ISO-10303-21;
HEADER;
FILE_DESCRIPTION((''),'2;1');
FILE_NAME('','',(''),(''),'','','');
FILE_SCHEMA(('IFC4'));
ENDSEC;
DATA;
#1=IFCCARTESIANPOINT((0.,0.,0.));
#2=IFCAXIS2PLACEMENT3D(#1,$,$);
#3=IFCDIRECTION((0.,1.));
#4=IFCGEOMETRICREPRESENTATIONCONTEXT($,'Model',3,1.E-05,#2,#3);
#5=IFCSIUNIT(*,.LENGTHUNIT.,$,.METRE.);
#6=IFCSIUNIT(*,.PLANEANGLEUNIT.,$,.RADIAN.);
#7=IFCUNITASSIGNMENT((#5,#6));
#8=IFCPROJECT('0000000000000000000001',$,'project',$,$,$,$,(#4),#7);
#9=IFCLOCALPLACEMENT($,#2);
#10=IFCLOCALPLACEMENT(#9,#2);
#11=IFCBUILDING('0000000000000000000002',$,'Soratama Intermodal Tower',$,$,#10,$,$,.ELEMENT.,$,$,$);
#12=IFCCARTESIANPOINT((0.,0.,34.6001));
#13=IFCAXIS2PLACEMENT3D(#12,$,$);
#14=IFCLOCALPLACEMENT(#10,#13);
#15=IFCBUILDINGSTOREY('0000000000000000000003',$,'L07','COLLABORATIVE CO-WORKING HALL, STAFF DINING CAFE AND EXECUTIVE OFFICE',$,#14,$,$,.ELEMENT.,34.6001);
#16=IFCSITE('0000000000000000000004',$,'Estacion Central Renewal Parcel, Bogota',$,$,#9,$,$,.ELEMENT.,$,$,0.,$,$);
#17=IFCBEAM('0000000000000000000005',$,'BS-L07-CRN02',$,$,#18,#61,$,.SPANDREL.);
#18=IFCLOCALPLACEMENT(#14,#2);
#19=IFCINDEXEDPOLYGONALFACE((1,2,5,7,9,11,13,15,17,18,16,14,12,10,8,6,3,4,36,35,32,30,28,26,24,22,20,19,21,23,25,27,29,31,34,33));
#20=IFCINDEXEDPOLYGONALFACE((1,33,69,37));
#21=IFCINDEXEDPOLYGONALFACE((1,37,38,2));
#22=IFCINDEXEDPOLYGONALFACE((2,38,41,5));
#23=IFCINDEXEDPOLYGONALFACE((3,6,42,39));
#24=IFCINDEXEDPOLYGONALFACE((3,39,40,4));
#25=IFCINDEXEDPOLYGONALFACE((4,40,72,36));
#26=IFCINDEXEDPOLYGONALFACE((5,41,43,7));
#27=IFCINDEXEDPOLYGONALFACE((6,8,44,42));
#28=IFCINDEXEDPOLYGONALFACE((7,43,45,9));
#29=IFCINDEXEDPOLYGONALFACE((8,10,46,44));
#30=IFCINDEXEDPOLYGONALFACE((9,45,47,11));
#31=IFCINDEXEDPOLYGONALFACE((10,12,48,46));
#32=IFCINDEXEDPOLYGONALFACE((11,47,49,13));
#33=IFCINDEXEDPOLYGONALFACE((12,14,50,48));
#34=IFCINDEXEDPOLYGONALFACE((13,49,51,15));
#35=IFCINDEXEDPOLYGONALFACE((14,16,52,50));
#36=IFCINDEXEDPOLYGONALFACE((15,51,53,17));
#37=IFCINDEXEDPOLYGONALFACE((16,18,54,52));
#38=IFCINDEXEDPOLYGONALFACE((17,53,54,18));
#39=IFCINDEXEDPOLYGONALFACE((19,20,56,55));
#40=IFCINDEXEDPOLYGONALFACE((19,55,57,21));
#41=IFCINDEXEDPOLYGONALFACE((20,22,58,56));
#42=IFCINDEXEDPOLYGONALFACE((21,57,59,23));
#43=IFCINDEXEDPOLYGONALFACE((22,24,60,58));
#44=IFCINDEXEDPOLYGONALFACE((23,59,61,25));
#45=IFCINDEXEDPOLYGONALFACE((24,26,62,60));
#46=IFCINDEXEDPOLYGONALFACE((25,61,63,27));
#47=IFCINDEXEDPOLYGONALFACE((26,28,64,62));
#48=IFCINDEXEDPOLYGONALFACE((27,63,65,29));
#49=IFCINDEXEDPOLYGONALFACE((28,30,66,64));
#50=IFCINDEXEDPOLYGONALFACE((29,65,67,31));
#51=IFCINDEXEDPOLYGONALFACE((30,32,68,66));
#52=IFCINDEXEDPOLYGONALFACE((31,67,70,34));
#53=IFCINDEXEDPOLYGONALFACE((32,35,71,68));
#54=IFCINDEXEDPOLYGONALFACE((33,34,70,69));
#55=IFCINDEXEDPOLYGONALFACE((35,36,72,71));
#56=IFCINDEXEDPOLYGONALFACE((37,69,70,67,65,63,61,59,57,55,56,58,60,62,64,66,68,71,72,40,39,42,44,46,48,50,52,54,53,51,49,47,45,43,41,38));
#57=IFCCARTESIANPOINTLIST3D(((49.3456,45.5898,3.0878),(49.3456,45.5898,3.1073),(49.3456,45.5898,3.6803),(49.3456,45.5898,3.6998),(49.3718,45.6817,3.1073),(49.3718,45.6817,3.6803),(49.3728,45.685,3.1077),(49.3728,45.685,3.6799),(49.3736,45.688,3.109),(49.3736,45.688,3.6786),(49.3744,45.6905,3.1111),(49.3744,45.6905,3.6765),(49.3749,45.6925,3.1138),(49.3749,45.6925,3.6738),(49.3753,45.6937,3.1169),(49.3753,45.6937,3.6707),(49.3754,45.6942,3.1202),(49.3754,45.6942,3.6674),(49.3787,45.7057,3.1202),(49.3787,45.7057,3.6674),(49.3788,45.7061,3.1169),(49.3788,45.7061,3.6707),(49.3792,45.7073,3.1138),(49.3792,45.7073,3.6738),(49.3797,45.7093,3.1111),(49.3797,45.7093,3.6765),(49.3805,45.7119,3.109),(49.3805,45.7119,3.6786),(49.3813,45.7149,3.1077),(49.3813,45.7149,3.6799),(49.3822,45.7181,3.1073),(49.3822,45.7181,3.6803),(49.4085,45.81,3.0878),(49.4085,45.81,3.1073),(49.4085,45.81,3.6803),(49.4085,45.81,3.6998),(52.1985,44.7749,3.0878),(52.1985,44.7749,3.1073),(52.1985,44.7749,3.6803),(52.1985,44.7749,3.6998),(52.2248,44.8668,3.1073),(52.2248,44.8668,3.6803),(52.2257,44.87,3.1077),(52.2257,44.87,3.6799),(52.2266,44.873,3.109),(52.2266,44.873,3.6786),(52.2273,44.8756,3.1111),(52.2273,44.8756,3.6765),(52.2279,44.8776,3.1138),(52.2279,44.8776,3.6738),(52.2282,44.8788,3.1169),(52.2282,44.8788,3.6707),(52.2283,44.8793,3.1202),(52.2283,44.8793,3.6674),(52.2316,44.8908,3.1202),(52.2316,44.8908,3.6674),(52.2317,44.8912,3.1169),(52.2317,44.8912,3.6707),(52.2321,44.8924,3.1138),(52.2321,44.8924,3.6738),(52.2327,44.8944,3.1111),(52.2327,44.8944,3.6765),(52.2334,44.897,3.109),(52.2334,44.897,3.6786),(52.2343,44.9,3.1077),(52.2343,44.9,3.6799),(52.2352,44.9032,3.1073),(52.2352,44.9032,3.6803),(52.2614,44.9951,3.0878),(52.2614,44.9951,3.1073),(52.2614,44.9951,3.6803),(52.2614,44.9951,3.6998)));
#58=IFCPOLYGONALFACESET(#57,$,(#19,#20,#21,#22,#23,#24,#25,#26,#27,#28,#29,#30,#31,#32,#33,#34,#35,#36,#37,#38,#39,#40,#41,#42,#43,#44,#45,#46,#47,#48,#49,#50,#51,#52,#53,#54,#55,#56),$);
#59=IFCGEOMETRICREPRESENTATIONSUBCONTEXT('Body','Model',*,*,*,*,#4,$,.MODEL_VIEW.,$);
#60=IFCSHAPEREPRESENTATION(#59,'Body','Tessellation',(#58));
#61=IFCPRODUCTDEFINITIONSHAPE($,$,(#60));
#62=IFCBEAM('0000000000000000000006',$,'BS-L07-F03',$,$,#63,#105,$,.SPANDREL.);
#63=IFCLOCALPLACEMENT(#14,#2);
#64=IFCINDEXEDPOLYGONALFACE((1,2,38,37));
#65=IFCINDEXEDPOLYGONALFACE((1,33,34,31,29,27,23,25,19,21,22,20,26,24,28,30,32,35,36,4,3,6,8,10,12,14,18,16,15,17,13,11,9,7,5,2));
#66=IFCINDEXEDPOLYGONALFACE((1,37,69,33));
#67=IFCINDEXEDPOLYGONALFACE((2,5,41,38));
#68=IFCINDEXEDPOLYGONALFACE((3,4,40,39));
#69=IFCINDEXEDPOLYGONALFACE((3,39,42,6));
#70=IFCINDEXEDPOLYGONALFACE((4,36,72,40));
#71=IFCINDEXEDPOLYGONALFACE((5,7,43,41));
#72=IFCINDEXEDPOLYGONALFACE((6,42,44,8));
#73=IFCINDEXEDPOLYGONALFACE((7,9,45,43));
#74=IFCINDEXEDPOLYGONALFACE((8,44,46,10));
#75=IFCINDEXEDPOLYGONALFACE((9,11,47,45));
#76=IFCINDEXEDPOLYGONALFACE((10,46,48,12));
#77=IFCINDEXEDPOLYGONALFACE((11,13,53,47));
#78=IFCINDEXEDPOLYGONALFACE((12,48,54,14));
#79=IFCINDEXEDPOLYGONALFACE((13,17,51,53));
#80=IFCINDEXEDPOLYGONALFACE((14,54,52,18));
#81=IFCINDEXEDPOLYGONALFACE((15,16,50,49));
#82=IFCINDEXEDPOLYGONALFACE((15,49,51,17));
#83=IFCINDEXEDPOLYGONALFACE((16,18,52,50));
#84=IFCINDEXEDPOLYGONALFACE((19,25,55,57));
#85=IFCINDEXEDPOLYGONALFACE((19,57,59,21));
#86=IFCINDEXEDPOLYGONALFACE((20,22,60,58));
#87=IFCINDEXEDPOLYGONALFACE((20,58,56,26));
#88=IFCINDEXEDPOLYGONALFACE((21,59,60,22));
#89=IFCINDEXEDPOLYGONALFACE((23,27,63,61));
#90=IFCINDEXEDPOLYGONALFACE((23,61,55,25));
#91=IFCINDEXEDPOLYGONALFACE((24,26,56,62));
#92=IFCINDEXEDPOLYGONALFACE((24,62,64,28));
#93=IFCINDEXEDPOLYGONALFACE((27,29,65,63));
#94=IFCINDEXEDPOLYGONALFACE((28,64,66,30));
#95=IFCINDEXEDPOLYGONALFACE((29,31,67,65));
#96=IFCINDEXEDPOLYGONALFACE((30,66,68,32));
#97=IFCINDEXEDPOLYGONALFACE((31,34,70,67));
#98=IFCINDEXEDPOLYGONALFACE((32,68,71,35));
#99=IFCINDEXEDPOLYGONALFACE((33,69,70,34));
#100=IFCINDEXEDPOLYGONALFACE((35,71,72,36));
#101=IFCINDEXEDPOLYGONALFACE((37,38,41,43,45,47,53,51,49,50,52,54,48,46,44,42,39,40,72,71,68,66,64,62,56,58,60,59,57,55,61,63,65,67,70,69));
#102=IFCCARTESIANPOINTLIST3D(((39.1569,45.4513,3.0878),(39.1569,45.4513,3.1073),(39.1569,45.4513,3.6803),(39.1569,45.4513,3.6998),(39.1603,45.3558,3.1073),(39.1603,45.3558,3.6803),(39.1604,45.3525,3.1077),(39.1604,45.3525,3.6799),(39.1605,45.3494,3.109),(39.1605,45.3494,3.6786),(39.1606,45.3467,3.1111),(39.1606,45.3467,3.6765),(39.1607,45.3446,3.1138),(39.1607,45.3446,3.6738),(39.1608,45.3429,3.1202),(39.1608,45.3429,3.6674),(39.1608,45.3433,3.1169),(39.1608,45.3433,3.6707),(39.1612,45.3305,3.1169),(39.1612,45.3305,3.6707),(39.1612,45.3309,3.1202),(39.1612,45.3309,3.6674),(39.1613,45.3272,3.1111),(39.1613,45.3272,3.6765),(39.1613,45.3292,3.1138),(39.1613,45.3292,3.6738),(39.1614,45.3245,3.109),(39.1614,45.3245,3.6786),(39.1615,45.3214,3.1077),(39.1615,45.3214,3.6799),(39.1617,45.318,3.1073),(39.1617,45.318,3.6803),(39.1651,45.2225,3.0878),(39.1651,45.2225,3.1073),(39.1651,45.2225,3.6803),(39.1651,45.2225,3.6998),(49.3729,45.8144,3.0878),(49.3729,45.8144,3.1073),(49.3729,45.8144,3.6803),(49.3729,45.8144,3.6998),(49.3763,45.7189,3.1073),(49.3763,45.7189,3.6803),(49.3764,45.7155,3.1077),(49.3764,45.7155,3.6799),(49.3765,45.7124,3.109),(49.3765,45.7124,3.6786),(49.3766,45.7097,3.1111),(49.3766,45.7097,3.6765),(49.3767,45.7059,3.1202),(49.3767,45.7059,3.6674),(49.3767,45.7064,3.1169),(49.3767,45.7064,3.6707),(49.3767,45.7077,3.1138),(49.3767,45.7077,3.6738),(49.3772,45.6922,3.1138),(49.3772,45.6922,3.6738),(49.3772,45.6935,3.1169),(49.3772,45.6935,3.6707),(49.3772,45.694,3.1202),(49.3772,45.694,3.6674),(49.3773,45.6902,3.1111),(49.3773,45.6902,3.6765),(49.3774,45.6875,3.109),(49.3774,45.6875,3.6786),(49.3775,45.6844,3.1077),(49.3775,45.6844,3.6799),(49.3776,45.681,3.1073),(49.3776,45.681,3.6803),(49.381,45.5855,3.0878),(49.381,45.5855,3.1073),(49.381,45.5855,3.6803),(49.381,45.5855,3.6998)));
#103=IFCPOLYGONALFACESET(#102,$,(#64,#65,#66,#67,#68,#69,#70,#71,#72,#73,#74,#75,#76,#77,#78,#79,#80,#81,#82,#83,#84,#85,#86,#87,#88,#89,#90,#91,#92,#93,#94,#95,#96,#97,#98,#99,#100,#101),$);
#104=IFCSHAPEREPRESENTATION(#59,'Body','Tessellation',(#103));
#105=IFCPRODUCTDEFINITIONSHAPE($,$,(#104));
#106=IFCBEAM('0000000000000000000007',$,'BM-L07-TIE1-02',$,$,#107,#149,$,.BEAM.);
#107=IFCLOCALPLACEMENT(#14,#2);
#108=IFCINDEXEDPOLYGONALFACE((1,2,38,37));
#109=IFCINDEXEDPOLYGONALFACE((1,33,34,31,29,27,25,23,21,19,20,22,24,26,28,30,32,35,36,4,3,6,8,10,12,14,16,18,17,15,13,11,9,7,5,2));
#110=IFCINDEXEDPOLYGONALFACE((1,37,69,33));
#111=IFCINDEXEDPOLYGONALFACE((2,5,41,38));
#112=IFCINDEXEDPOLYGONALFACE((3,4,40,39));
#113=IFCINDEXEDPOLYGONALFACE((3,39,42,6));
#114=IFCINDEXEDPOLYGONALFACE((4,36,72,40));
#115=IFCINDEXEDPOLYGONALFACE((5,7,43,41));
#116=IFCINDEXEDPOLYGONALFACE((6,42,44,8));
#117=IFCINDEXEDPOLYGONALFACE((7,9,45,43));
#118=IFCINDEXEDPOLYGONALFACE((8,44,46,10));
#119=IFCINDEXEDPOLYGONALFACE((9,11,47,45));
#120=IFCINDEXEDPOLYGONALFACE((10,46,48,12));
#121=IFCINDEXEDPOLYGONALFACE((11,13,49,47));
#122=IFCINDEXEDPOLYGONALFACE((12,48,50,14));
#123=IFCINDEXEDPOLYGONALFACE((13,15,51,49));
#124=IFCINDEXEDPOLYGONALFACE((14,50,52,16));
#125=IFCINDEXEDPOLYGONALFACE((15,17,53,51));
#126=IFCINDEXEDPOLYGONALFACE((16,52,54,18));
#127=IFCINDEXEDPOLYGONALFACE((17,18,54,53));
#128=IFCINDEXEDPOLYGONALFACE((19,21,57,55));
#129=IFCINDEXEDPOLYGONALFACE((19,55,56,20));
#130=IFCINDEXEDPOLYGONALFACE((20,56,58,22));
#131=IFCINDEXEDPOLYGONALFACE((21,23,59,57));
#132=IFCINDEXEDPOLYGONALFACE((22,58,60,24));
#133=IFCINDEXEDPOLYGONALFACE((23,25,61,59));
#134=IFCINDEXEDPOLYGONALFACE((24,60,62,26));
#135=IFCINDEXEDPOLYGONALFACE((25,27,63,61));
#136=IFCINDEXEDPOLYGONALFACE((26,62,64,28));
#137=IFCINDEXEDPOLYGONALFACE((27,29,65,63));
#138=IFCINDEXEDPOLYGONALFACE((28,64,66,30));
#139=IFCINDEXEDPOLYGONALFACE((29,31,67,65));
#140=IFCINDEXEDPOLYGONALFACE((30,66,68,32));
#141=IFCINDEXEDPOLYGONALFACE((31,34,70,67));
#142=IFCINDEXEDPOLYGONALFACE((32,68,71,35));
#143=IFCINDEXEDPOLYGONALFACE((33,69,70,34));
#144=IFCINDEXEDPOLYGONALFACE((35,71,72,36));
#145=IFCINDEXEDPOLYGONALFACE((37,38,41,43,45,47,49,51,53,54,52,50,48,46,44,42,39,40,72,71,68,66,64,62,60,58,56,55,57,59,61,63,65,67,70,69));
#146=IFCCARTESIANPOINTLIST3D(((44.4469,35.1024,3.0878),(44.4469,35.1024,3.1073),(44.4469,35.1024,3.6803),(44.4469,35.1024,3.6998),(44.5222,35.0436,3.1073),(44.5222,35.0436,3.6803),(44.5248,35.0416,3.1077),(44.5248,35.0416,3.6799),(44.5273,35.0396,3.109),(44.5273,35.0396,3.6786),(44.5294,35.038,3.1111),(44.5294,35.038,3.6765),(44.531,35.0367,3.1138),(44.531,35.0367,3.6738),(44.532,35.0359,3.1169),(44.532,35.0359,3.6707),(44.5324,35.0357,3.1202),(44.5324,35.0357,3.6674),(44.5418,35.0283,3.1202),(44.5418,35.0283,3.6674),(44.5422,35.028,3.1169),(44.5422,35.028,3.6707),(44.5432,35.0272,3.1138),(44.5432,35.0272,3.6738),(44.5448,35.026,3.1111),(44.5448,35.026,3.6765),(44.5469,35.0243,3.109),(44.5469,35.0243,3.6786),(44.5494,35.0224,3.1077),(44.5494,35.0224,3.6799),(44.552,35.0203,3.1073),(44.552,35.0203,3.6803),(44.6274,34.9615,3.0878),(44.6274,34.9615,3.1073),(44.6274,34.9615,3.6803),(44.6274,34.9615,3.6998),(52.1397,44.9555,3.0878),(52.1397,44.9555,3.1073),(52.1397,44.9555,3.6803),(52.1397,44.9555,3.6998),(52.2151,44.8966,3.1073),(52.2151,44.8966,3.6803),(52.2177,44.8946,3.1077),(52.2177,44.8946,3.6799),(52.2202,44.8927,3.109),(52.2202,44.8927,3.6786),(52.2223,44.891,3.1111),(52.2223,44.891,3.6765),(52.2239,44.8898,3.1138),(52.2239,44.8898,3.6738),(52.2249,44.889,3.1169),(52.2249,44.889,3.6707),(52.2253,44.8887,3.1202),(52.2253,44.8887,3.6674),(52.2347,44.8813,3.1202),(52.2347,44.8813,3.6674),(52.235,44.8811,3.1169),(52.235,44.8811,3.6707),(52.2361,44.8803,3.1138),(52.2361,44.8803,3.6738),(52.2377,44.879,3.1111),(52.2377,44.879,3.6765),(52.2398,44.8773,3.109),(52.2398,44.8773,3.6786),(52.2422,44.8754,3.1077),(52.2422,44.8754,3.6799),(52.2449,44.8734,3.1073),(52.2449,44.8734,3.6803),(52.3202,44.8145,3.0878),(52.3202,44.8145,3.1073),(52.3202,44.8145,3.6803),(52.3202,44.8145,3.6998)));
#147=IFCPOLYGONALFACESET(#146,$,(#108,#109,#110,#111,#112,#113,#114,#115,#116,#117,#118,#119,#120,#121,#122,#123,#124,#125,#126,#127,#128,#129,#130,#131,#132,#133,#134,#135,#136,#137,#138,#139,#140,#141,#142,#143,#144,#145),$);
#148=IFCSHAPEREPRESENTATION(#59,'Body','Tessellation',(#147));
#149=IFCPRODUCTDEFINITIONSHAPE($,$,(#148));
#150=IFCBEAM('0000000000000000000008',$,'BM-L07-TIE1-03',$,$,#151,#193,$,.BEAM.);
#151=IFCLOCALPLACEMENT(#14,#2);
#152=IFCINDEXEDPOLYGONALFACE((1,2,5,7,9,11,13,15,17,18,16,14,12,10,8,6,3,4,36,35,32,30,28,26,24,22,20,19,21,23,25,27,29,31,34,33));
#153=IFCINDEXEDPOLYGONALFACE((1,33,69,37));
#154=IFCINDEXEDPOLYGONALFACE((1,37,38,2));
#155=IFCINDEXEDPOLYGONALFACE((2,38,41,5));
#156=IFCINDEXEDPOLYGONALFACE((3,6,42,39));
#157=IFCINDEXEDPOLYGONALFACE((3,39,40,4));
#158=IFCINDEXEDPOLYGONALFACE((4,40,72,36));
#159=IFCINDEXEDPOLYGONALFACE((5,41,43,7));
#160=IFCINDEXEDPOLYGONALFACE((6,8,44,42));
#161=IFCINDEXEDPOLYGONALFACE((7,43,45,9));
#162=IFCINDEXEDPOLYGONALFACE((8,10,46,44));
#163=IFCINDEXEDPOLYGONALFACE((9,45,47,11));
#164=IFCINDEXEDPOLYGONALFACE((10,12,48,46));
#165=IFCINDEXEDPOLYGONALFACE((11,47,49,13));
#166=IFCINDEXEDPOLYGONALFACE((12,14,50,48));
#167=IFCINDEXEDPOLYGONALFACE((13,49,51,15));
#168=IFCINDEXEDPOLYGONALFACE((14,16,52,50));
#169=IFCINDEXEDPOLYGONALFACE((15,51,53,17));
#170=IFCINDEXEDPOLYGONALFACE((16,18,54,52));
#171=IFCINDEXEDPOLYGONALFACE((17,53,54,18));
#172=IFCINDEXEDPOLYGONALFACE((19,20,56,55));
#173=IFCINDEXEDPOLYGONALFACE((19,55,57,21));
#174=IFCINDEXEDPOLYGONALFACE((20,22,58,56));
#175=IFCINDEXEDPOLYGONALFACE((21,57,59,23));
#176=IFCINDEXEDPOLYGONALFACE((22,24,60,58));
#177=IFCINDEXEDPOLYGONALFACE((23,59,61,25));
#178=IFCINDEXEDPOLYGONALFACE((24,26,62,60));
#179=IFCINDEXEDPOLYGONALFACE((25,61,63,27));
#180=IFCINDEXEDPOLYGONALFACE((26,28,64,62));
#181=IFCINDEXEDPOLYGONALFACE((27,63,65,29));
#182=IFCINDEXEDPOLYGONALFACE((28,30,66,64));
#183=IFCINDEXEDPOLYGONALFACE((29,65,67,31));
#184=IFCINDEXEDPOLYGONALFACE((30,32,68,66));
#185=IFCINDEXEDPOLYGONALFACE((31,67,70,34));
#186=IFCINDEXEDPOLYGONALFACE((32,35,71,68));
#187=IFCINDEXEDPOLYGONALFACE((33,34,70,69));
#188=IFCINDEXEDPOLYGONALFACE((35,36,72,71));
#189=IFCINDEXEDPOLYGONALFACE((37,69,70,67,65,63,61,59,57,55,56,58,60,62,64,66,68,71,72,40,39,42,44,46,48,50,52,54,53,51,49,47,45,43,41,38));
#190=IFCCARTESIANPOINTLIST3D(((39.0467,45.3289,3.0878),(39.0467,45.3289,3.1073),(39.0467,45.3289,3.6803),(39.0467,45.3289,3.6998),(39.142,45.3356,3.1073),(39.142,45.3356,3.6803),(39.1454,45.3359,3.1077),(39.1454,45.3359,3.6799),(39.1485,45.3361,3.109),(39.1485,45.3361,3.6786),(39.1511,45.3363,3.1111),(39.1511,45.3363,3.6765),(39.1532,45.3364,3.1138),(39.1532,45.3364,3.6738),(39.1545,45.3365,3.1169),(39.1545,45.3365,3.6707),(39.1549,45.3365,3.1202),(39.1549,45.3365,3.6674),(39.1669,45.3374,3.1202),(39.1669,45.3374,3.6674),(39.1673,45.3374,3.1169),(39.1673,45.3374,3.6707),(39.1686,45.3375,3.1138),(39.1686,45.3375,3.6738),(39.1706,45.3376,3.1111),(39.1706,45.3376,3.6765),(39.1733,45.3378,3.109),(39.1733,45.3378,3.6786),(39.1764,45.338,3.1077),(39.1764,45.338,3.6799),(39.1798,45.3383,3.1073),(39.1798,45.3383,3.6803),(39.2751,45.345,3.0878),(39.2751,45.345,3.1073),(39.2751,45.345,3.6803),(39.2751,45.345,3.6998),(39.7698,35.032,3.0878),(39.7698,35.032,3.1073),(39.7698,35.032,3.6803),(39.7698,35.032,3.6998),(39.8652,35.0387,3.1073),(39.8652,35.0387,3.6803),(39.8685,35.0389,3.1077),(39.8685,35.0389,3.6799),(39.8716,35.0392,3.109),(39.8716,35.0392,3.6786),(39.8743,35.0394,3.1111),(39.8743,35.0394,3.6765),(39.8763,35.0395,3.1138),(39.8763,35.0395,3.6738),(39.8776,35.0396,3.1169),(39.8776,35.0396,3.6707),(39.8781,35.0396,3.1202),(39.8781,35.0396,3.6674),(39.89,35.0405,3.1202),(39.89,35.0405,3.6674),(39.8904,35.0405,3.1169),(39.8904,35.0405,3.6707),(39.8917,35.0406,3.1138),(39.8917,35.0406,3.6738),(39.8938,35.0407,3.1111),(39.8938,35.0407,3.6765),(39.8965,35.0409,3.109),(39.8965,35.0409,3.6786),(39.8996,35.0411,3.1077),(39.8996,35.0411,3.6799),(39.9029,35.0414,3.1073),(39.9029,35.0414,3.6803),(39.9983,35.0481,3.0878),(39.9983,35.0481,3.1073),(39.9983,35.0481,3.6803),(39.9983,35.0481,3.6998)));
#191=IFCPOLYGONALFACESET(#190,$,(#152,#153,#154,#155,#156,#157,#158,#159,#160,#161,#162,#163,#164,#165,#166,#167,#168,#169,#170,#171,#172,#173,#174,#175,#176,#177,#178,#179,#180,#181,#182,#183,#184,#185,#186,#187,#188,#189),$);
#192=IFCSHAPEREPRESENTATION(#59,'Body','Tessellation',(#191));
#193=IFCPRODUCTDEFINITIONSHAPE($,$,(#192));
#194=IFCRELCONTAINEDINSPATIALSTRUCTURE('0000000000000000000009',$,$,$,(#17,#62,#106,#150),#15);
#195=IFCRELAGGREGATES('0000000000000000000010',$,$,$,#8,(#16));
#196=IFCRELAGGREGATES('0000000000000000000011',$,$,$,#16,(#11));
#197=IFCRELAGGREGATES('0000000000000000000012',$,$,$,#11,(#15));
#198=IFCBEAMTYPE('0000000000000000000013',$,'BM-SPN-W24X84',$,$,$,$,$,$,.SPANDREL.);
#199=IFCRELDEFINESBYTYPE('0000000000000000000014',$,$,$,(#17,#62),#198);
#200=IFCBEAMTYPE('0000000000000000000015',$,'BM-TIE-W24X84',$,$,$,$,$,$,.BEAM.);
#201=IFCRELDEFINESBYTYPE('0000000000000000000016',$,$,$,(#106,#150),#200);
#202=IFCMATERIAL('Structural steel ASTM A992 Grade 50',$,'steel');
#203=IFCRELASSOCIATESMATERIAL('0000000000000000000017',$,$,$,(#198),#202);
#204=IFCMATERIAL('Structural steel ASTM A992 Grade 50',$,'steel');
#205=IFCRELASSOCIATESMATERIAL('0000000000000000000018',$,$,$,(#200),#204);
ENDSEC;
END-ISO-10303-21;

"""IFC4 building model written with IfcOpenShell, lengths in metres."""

from ifc_helpers import new_model, si_unit, direction, frame, origin, origin_2d, place, context, subcontext, project, spatial, i_section, extrude, material, material_profile, profile_set, type_object, element, save


model = new_model("IFC4")

# Units and contexts
model_context = context("Model", 3, precision=1e-05, world=origin(), true_north=direction((0.0, 1.0)))
body_context = subcontext(model_context, "Body", "Model", "MODEL_VIEW")
ifc_project = project(units=[si_unit("LENGTHUNIT", "METRE"), si_unit("PLANEANGLEUNIT", "RADIAN")], contexts=[model_context])

# Site, building, storey
site_placement = place(None, origin())
site = spatial("IfcSite", under=ifc_project, at=site_placement, Name="Estacion Central Renewal Parcel, Bogota", CompositionType="ELEMENT", RefElevation=0.0)
building_placement = place(site_placement, origin())
building = spatial("IfcBuilding", under=site, at=building_placement, Name="Soratama Intermodal Tower", CompositionType="ELEMENT")
storey_placement = place(building_placement, frame((0.0, 0.0, 34.6001)))
storey = spatial("IfcBuildingStorey", under=building, at=storey_placement, Name="L07", Description="COLLABORATIVE CO-WORKING HALL, STAFF DINING CAFE AND EXECUTIVE OFFICE", CompositionType="ELEMENT", Elevation=34.6001)

# Beams
ifc_material_1 = material(Name="Structural steel ASTM A992 Grade 50", Category="steel")
ifc_material_profile_1 = material_profile(ifc_material_1, i_section(OverallWidth=0.229, OverallDepth=0.6121, WebThickness=0.012, FlangeThickness=0.0195, FilletRadius=0.0129, at=origin_2d()), Name="W24X84")
ifc_profile_set_1 = profile_set([ifc_material_profile_1], Name="Structural steel ASTM A992 Grade 50")
beam_type_1 = type_object("IfcBeamType", Name="BM-SPN-W24X84", PredefinedType="SPANDREL", material=ifc_profile_set_1)
beam_1_placement = place(storey_placement, frame((52.23, 44.885, 3.3938), z_axis=(-0.961543, 0.274656, 0.0), x_axis=(-0.274656, -0.961543, 0.0)))
element("IfcBeam", 1, at=beam_1_placement, inside=storey, type_object=beam_type_1, Name="BS-L07-CRN02", PredefinedType="SPANDREL", context=body_context, shape_type="SweptSolid", body=[
    extrude(i_section(OverallWidth=0.229, OverallDepth=0.6121, WebThickness=0.012, FlangeThickness=0.0195, FilletRadius=0.0129, at=origin_2d()), origin(), (0.0, 0.0, 1.0), 2.967),
])
beam_2_placement = place(storey_placement, frame((49.377, 45.7, 3.3938), z_axis=(-0.999369, -0.035513, 0.0), x_axis=(0.035513, -0.999369, 0.0)))
element("IfcBeam", 2, at=beam_2_placement, inside=storey, type_object=beam_type_1, Name="BS-L07-F03", PredefinedType="SPANDREL", context=body_context, shape_type="SweptSolid", body=[
    extrude(i_section(OverallWidth=0.229, OverallDepth=0.6121, WebThickness=0.012, FlangeThickness=0.0195, FilletRadius=0.0129, at=origin_2d()), origin(), (0.0, 0.0, 1.0), 10.2224),
])
ifc_material_2 = material(Name="Structural steel ASTM A992 Grade 50", Category="steel")
ifc_material_profile_2 = material_profile(ifc_material_2, i_section(OverallWidth=0.229, OverallDepth=0.6121, WebThickness=0.012, FlangeThickness=0.0195, FilletRadius=0.0129, at=origin_2d()), Name="W24X84")
ifc_profile_set_2 = profile_set([ifc_material_profile_2], Name="Structural steel ASTM A992 Grade 50")
beam_type_2 = type_object("IfcBeamType", Name="BM-TIE-W24X84", PredefinedType="BEAM", material=ifc_profile_set_2)
beam_3_placement = place(storey_placement, frame((44.5371, 35.032, 3.3938), z_axis=(0.615405, 0.788211, 0.0), x_axis=(-0.788211, 0.615405, 0.0)))
element("IfcBeam", 3, at=beam_3_placement, inside=storey, type_object=beam_type_2, Name="BM-L07-TIE1-02", PredefinedType="BEAM", context=body_context, shape_type="SweptSolid", body=[
    extrude(i_section(OverallWidth=0.229, OverallDepth=0.6121, WebThickness=0.012, FlangeThickness=0.0195, FilletRadius=0.0129, at=origin_2d()), origin(), (0.0, 0.0, 1.0), 12.5005),
])
beam_4_placement = place(storey_placement, frame((39.884, 35.04, 3.3938), z_axis=(-0.070057, 0.997543, 0.0), x_axis=(-0.997543, -0.070057, 0.0)))
element("IfcBeam", 4, at=beam_4_placement, inside=storey, type_object=beam_type_2, Name="BM-L07-TIE1-03", PredefinedType="BEAM", context=body_context, shape_type="SweptSolid", body=[
    extrude(i_section(OverallWidth=0.229, OverallDepth=0.6121, WebThickness=0.012, FlangeThickness=0.0195, FilletRadius=0.0129, at=origin_2d()), origin(), (0.0, 0.0, 1.0), 10.3223),
])

save(model, "model.ifc")
